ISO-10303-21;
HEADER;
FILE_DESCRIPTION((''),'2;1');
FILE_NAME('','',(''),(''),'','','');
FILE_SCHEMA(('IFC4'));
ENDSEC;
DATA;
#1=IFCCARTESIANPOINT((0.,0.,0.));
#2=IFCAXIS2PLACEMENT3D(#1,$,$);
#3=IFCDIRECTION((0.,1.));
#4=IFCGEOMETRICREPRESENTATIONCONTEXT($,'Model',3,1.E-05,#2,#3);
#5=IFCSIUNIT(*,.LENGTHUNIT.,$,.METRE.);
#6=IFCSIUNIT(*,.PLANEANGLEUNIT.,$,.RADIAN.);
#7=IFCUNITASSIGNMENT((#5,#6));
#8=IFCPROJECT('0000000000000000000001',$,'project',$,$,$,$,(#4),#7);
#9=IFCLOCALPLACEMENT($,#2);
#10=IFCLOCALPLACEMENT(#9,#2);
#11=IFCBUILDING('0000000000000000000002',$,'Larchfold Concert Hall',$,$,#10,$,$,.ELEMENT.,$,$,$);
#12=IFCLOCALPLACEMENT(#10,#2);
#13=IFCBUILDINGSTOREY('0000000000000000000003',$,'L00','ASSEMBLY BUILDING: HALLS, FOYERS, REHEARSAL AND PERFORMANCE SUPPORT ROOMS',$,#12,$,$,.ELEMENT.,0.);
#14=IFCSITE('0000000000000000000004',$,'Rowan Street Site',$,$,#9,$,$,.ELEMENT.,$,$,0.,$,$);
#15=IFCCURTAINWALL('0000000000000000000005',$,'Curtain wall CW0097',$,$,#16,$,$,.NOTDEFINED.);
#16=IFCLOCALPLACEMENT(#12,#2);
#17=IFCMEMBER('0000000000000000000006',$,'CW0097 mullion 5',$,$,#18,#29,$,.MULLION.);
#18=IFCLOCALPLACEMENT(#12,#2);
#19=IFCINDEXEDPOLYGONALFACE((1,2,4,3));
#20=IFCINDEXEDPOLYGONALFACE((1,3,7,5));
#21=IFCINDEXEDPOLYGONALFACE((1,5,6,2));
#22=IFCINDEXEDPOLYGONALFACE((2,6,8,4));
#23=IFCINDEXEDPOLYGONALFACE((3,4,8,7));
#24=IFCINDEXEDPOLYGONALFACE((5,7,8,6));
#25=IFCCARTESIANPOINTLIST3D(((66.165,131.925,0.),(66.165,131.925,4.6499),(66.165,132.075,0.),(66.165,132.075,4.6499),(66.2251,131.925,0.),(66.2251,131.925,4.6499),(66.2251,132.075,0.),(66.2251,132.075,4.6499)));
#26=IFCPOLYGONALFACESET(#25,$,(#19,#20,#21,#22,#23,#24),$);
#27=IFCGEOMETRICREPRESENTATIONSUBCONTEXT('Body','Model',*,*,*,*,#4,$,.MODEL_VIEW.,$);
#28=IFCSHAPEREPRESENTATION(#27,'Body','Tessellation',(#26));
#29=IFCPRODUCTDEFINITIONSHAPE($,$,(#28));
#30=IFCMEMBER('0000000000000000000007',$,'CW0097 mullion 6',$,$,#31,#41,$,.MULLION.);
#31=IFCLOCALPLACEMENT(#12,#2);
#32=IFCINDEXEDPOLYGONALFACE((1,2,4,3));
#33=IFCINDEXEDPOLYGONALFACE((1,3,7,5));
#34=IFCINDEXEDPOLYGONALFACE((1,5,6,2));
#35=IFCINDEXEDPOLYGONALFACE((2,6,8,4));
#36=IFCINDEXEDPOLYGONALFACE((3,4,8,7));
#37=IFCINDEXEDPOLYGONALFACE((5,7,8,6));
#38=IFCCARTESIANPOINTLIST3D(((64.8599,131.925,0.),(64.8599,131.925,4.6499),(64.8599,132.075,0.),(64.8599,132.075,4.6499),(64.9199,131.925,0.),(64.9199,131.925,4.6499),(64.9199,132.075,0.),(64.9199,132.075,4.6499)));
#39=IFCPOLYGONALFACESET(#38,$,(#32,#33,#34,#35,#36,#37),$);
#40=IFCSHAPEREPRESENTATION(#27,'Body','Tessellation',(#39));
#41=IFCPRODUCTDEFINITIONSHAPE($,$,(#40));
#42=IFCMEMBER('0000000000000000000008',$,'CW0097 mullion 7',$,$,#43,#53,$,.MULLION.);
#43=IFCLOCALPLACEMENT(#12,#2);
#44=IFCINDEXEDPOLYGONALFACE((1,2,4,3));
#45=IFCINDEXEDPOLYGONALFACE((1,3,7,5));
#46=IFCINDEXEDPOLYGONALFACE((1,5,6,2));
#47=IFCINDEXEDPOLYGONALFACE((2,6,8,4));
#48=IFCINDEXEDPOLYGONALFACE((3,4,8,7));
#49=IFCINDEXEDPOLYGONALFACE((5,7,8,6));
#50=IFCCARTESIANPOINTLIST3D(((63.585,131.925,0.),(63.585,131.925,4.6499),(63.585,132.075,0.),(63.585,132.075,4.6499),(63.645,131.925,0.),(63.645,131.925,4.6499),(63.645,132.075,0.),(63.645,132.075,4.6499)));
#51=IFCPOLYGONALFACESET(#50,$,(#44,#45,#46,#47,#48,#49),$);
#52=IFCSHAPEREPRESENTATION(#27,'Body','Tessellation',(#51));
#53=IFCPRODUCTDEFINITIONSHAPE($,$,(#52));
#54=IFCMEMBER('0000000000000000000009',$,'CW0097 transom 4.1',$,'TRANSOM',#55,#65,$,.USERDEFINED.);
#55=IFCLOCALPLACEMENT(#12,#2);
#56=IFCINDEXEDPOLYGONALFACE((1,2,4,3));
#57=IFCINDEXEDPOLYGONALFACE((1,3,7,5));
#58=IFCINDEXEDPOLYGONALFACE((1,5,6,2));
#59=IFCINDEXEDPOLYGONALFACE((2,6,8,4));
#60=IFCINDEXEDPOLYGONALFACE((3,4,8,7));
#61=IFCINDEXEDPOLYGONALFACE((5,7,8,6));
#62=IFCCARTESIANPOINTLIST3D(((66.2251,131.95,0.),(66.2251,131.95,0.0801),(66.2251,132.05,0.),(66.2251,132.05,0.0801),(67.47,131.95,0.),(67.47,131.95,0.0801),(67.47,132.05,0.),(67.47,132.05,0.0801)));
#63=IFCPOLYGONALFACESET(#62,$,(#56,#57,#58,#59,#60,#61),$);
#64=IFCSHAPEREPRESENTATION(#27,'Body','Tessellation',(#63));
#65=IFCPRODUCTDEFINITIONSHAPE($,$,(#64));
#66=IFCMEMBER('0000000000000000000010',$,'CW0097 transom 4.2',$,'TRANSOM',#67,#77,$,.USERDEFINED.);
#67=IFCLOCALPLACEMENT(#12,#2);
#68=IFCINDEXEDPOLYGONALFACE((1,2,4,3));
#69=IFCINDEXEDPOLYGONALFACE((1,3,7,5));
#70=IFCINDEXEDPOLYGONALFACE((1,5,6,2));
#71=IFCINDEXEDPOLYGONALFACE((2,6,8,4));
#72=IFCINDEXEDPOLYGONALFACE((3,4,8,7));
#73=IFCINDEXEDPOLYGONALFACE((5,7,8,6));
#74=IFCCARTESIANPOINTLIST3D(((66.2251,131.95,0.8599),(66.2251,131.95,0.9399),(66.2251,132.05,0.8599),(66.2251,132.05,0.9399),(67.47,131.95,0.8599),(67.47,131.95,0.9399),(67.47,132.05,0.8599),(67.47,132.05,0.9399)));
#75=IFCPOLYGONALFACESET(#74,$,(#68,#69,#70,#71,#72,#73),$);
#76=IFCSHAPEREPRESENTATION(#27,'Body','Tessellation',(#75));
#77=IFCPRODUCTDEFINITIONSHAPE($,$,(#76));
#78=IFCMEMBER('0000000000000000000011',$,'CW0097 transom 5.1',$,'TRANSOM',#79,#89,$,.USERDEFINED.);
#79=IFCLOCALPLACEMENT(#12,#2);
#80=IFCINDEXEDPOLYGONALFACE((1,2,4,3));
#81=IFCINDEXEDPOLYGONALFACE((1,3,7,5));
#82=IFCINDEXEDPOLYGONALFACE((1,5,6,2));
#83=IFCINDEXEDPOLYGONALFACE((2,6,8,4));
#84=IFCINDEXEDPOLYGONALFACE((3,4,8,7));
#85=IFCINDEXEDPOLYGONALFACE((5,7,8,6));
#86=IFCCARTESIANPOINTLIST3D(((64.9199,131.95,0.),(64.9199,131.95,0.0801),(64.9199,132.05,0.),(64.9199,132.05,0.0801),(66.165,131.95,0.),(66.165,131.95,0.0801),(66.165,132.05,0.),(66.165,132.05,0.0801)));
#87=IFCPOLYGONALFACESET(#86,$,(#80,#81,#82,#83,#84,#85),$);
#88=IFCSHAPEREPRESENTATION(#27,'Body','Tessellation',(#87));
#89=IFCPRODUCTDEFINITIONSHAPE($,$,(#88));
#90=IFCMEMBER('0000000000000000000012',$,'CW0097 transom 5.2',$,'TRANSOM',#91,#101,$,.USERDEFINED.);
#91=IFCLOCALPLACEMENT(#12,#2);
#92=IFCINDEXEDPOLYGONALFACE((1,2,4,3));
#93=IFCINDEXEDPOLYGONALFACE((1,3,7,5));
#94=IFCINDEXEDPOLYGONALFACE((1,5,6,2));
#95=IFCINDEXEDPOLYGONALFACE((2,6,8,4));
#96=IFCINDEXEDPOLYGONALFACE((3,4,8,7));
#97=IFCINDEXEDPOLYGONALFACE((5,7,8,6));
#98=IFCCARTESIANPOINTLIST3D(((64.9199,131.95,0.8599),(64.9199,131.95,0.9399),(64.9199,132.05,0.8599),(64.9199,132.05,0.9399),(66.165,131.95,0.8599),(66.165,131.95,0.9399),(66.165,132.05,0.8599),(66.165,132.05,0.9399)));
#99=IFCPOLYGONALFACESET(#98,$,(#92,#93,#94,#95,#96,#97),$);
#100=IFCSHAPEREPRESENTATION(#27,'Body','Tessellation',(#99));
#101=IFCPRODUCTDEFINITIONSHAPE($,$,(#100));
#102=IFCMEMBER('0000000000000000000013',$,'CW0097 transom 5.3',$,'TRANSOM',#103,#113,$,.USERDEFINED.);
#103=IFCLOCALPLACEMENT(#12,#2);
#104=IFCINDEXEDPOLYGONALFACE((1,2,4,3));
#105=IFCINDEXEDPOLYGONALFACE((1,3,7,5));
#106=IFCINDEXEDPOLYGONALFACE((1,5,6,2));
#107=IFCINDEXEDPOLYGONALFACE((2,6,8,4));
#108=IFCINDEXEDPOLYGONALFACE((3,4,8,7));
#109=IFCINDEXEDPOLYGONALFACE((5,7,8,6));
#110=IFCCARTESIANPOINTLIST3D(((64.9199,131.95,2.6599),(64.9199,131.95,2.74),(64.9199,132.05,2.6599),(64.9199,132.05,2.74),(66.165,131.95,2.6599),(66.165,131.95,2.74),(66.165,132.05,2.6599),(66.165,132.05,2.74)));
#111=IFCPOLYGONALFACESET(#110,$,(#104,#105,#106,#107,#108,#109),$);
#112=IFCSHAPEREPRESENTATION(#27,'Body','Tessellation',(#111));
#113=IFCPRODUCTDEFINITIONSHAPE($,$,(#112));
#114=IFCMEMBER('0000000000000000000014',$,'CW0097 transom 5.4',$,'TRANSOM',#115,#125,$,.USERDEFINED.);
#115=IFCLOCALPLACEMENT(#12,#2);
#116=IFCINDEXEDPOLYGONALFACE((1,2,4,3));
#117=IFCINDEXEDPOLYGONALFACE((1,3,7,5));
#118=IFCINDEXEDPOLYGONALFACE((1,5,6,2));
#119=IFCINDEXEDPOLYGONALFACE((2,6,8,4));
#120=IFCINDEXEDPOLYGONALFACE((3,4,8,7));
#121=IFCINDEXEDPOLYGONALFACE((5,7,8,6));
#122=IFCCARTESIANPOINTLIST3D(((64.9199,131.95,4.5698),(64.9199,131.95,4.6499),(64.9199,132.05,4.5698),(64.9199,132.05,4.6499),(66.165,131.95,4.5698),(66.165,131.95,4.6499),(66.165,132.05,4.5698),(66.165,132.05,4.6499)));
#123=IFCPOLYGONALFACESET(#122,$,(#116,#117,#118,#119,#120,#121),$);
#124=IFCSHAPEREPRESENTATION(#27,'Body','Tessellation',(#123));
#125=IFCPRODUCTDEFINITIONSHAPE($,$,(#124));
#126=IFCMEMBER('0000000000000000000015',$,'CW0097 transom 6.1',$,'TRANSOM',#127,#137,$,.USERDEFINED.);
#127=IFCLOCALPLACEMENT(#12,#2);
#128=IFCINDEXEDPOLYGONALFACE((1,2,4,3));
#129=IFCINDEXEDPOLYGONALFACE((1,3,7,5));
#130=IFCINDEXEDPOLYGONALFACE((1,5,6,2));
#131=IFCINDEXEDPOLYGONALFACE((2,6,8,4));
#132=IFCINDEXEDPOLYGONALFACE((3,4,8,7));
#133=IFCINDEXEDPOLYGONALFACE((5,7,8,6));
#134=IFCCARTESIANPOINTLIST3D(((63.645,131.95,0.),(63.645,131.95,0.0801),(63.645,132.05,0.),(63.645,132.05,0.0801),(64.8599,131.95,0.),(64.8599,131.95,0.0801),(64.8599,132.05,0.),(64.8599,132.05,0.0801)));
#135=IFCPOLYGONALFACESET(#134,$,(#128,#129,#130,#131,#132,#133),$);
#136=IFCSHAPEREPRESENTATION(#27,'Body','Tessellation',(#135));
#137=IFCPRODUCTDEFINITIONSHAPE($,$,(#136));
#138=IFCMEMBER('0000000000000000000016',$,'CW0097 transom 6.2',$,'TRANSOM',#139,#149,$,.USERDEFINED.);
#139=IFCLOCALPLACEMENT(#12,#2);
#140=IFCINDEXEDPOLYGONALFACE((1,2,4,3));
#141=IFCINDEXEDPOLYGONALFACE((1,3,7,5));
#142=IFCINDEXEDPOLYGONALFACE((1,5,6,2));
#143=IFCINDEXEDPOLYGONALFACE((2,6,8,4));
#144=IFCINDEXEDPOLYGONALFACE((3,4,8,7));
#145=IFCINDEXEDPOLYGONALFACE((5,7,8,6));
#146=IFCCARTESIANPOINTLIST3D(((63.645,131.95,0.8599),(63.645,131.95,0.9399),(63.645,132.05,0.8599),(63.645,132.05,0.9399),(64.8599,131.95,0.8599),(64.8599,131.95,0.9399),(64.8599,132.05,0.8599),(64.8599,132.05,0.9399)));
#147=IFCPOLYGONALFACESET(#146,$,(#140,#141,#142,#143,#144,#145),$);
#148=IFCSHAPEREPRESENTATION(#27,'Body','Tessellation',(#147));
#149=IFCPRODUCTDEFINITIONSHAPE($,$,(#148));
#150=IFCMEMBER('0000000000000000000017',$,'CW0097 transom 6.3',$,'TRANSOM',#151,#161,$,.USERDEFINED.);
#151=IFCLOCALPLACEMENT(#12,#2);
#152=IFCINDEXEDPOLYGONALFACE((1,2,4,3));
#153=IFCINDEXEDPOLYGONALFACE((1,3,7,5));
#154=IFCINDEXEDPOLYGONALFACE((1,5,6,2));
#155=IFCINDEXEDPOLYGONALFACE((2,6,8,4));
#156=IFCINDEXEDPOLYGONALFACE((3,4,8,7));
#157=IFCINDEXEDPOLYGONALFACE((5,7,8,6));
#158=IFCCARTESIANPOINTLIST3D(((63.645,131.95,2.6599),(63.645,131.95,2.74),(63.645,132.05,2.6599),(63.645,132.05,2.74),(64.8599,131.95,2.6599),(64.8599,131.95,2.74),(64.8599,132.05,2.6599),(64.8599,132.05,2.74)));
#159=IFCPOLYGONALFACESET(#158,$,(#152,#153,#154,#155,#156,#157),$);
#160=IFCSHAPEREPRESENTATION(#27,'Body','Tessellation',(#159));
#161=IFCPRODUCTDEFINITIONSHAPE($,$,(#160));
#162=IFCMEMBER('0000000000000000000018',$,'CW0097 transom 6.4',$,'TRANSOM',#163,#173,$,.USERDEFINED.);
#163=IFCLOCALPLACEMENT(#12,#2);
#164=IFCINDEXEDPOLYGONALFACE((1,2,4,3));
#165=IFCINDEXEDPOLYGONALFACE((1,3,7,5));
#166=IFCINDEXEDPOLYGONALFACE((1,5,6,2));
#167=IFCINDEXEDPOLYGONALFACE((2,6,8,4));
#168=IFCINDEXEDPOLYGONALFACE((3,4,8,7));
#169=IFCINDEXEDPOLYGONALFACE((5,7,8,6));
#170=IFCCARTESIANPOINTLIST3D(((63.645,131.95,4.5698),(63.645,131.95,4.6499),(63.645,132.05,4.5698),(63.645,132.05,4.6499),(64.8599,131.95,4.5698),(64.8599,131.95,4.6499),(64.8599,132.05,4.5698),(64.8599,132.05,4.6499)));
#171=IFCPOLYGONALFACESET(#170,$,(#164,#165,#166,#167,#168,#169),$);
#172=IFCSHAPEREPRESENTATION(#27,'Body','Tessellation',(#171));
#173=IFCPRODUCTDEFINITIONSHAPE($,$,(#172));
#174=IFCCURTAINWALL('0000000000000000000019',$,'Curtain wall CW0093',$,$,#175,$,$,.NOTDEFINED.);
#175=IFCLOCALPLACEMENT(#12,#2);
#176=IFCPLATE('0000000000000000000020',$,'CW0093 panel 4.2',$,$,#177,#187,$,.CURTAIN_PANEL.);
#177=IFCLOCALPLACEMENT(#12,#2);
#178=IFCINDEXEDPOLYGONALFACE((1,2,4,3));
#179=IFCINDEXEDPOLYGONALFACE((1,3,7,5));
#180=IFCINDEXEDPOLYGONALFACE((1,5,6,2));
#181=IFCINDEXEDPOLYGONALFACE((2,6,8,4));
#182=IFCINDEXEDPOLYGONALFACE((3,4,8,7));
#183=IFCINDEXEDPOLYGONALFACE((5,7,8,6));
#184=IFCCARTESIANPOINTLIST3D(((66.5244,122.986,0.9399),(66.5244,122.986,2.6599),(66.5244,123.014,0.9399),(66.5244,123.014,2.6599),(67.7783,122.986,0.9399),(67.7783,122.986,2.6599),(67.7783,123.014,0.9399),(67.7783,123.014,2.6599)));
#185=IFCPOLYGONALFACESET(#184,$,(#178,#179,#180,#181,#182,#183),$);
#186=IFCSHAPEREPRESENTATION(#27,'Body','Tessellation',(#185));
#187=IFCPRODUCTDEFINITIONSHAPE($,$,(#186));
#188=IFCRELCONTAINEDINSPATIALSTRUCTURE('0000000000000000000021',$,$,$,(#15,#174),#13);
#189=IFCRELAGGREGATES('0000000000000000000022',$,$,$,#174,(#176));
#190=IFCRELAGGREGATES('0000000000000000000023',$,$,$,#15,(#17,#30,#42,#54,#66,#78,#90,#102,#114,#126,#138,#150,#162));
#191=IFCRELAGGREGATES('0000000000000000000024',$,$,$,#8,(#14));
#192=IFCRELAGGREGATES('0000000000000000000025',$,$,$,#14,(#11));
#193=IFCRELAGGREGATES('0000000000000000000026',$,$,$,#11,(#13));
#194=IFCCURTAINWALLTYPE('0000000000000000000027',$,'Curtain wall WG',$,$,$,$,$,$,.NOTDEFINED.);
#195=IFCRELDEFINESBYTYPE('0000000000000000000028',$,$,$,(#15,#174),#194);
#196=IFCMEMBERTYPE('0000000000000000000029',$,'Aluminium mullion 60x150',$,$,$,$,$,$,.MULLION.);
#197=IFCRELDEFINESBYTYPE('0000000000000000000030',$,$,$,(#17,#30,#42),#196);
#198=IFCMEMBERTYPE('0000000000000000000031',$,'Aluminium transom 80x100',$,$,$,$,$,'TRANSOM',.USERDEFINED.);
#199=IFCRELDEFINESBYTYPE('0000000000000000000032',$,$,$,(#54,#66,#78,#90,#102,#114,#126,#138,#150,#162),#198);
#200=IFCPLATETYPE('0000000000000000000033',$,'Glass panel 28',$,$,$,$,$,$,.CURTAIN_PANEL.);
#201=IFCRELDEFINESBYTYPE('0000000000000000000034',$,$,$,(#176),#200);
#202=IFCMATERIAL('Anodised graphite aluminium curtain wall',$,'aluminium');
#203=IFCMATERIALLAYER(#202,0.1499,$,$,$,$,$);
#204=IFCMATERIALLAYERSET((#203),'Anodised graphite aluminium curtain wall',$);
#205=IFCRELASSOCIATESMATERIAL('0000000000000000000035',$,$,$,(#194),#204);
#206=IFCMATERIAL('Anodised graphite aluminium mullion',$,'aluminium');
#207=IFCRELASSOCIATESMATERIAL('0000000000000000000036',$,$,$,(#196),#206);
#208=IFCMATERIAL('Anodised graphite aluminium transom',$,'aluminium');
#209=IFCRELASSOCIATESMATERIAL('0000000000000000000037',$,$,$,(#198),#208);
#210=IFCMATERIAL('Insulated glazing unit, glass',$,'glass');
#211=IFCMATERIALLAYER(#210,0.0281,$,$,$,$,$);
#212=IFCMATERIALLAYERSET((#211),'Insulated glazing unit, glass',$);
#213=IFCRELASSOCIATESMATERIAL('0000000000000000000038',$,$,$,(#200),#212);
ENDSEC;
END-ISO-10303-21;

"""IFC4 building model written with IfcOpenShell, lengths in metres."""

from ifc_helpers import new_model, si_unit, direction, frame, origin, origin_2d, place, context, subcontext, project, spatial, rectangle, extrude, material, layer, layer_set, material_profile, profile_set, type_object, element, aggregate, save


model = new_model("IFC4")

# Units and contexts
model_context = context("Model", 3, precision=1e-05, world=origin(), true_north=direction((0.0, 1.0)))
body_context = subcontext(model_context, "Body", "Model", "MODEL_VIEW")
ifc_project = project(units=[si_unit("LENGTHUNIT", "METRE"), si_unit("PLANEANGLEUNIT", "RADIAN")], contexts=[model_context])

# Site, building, storey
site_placement = place(None, origin())
site = spatial("IfcSite", under=ifc_project, at=site_placement, Name="Rowan Street Site", CompositionType="ELEMENT", RefElevation=0.0)
building_placement = place(site_placement, origin())
building = spatial("IfcBuilding", under=site, at=building_placement, Name="Larchfold Concert Hall", CompositionType="ELEMENT")
storey_placement = place(building_placement, origin())
storey = spatial("IfcBuildingStorey", under=building, at=storey_placement, Name="L00", Description="ASSEMBLY BUILDING: HALLS, FOYERS, REHEARSAL AND PERFORMANCE SUPPORT ROOMS", CompositionType="ELEMENT", Elevation=0.0)

# Curtain wall, members
ifc_material_1 = material(Name="Anodised graphite aluminium curtain wall", Category="aluminium")
ifc_layer_1 = layer(ifc_material_1, 0.1499)
ifc_layer_set_1 = layer_set([ifc_layer_1], Name="Anodised graphite aluminium curtain wall")
curtain_wall_type = type_object("IfcCurtainWallType", Name="Curtain wall WG", PredefinedType="NOTDEFINED", material=ifc_layer_set_1)
curtain_wall_1_placement = place(storey_placement, origin())
curtain_wall_1 = element("IfcCurtainWall", 1, at=curtain_wall_1_placement, inside=storey, type_object=curtain_wall_type, Name="Curtain wall CW0097", PredefinedType="NOTDEFINED")
ifc_material_2 = material(Name="Anodised graphite aluminium mullion", Category="aluminium")
ifc_material_profile_1 = material_profile(ifc_material_2, rectangle(XDim=0.1499, YDim=0.0601, at=origin_2d()))
ifc_profile_set_1 = profile_set([ifc_material_profile_1], Name="Anodised graphite aluminium mullion")
member_type_1 = type_object("IfcMemberType", Name="Aluminium mullion 60x150", PredefinedType="MULLION", material=ifc_profile_set_1)
member_1_placement = place(storey_placement, frame((66.1951, 132.0, 0.0), z_axis=(0.0, 0.0, 1.0), x_axis=(0.0, -1.0, 0.0)))
member_1 = element("IfcMember", 2, at=member_1_placement, type_object=member_type_1, Name="CW0097 mullion 5", PredefinedType="MULLION", context=body_context, shape_type="SweptSolid", body=[
    extrude(rectangle(XDim=0.1499, YDim=0.0601, at=origin_2d()), origin(), (0.0, 0.0, 1.0), 4.6499),
])
member_2_placement = place(storey_placement, frame((64.8899, 132.0, 0.0), z_axis=(0.0, 0.0, 1.0), x_axis=(0.0, -1.0, 0.0)))
member_2 = element("IfcMember", 3, at=member_2_placement, type_object=member_type_1, Name="CW0097 mullion 6", PredefinedType="MULLION", context=body_context, shape_type="SweptSolid", body=[
    extrude(rectangle(XDim=0.1499, YDim=0.0601, at=origin_2d()), origin(), (0.0, 0.0, 1.0), 4.6499),
])
member_3_placement = place(storey_placement, frame((63.615, 132.0, 0.0), z_axis=(0.0, 0.0, 1.0), x_axis=(0.0, -1.0, 0.0)))
member_3 = element("IfcMember", 4, at=member_3_placement, type_object=member_type_1, Name="CW0097 mullion 7", PredefinedType="MULLION", context=body_context, shape_type="SweptSolid", body=[
    extrude(rectangle(XDim=0.1499, YDim=0.0601, at=origin_2d()), origin(), (0.0, 0.0, 1.0), 4.6499),
])
ifc_material_3 = material(Name="Anodised graphite aluminium transom", Category="aluminium")
ifc_material_profile_2 = material_profile(ifc_material_3, rectangle(XDim=0.1001, YDim=0.0801, at=origin_2d()))
ifc_profile_set_2 = profile_set([ifc_material_profile_2], Name="Anodised graphite aluminium transom")
member_type_2 = type_object("IfcMemberType", Name="Aluminium transom 80x100", ElementType="TRANSOM", PredefinedType="USERDEFINED", material=ifc_profile_set_2)
member_4_placement = place(storey_placement, frame((67.47, 132.0, 0.04), z_axis=(-1.0, 0.0, 0.0), x_axis=(0.0, -1.0, 0.0)))
member_4 = element("IfcMember", 5, at=member_4_placement, type_object=member_type_2, Name="CW0097 transom 4.1", ObjectType="TRANSOM", PredefinedType="USERDEFINED", context=body_context, shape_type="SweptSolid", body=[
    extrude(rectangle(XDim=0.1001, YDim=0.0801, at=origin_2d()), origin(), (0.0, 0.0, 1.0), 1.2449),
])
member_5_placement = place(storey_placement, frame((67.47, 132.0, 0.8999), z_axis=(-1.0, 0.0, 0.0), x_axis=(0.0, -1.0, 0.0)))
member_5 = element("IfcMember", 6, at=member_5_placement, type_object=member_type_2, Name="CW0097 transom 4.2", ObjectType="TRANSOM", PredefinedType="USERDEFINED", context=body_context, shape_type="SweptSolid", body=[
    extrude(rectangle(XDim=0.1001, YDim=0.0801, at=origin_2d()), origin(), (0.0, 0.0, 1.0), 1.2449),
])
member_6_placement = place(storey_placement, frame((66.165, 132.0, 0.04), z_axis=(-1.0, 0.0, 0.0), x_axis=(0.0, -1.0, 0.0)))
member_6 = element("IfcMember", 7, at=member_6_placement, type_object=member_type_2, Name="CW0097 transom 5.1", ObjectType="TRANSOM", PredefinedType="USERDEFINED", context=body_context, shape_type="SweptSolid", body=[
    extrude(rectangle(XDim=0.1001, YDim=0.0801, at=origin_2d()), origin(), (0.0, 0.0, 1.0), 1.2451),
])
member_7_placement = place(storey_placement, frame((66.165, 132.0, 0.8999), z_axis=(-1.0, 0.0, 0.0), x_axis=(0.0, -1.0, 0.0)))
member_7 = element("IfcMember", 8, at=member_7_placement, type_object=member_type_2, Name="CW0097 transom 5.2", ObjectType="TRANSOM", PredefinedType="USERDEFINED", context=body_context, shape_type="SweptSolid", body=[
    extrude(rectangle(XDim=0.1001, YDim=0.0801, at=origin_2d()), origin(), (0.0, 0.0, 1.0), 1.2451),
])
member_8_placement = place(storey_placement, frame((66.165, 132.0, 2.7), z_axis=(-1.0, 0.0, 0.0), x_axis=(0.0, -1.0, 0.0)))
member_8 = element("IfcMember", 9, at=member_8_placement, type_object=member_type_2, Name="CW0097 transom 5.3", ObjectType="TRANSOM", PredefinedType="USERDEFINED", context=body_context, shape_type="SweptSolid", body=[
    extrude(rectangle(XDim=0.1001, YDim=0.0801, at=origin_2d()), origin(), (0.0, 0.0, 1.0), 1.2451),
])
member_9_placement = place(storey_placement, frame((66.165, 132.0, 4.6099), z_axis=(-1.0, 0.0, 0.0), x_axis=(0.0, -1.0, 0.0)))
member_9 = element("IfcMember", 10, at=member_9_placement, type_object=member_type_2, Name="CW0097 transom 5.4", ObjectType="TRANSOM", PredefinedType="USERDEFINED", context=body_context, shape_type="SweptSolid", body=[
    extrude(rectangle(XDim=0.1001, YDim=0.0801, at=origin_2d()), origin(), (0.0, 0.0, 1.0), 1.2451),
])
member_10_placement = place(storey_placement, frame((64.8599, 132.0, 0.04), z_axis=(-1.0, 0.0, 0.0), x_axis=(0.0, -1.0, 0.0)))
member_10 = element("IfcMember", 11, at=member_10_placement, type_object=member_type_2, Name="CW0097 transom 6.1", ObjectType="TRANSOM", PredefinedType="USERDEFINED", context=body_context, shape_type="SweptSolid", body=[
    extrude(rectangle(XDim=0.1001, YDim=0.0801, at=origin_2d()), origin(), (0.0, 0.0, 1.0), 1.2148),
])
member_11_placement = place(storey_placement, frame((64.8599, 132.0, 0.8999), z_axis=(-1.0, 0.0, 0.0), x_axis=(0.0, -1.0, 0.0)))
member_11 = element("IfcMember", 12, at=member_11_placement, type_object=member_type_2, Name="CW0097 transom 6.2", ObjectType="TRANSOM", PredefinedType="USERDEFINED", context=body_context, shape_type="SweptSolid", body=[
    extrude(rectangle(XDim=0.1001, YDim=0.0801, at=origin_2d()), origin(), (0.0, 0.0, 1.0), 1.2148),
])
member_12_placement = place(storey_placement, frame((64.8599, 132.0, 2.7), z_axis=(-1.0, 0.0, 0.0), x_axis=(0.0, -1.0, 0.0)))
member_12 = element("IfcMember", 13, at=member_12_placement, type_object=member_type_2, Name="CW0097 transom 6.3", ObjectType="TRANSOM", PredefinedType="USERDEFINED", context=body_context, shape_type="SweptSolid", body=[
    extrude(rectangle(XDim=0.1001, YDim=0.0801, at=origin_2d()), origin(), (0.0, 0.0, 1.0), 1.2148),
])
member_13_placement = place(storey_placement, frame((64.8599, 132.0, 4.6099), z_axis=(-1.0, 0.0, 0.0), x_axis=(0.0, -1.0, 0.0)))
member_13 = element("IfcMember", 14, at=member_13_placement, type_object=member_type_2, Name="CW0097 transom 6.4", ObjectType="TRANSOM", PredefinedType="USERDEFINED", context=body_context, shape_type="SweptSolid", body=[
    extrude(rectangle(XDim=0.1001, YDim=0.0801, at=origin_2d()), origin(), (0.0, 0.0, 1.0), 1.2148),
])

# Curtain wall, plate
curtain_wall_2_placement = place(storey_placement, origin())
curtain_wall_2 = element("IfcCurtainWall", 15, at=curtain_wall_2_placement, inside=storey, type_object=curtain_wall_type, Name="Curtain wall CW0093", PredefinedType="NOTDEFINED")
ifc_material_4 = material(Name="Insulated glazing unit, glass", Category="glass")
ifc_layer_2 = layer(ifc_material_4, 0.0281)
ifc_layer_set_2 = layer_set([ifc_layer_2], Name="Insulated glazing unit, glass")
plate_type_1 = type_object("IfcPlateType", Name="Glass panel 28", PredefinedType="CURTAIN_PANEL", material=ifc_layer_set_2)
plate_1_placement = place(storey_placement, frame((67.1514, 123.0, 0.9399), z_axis=(0.0, 0.0, 1.0), x_axis=(1.0, 0.0, 0.0)))
plate_1 = element("IfcPlate", 16, at=plate_1_placement, type_object=plate_type_1, Name="CW0093 panel 4.2", PredefinedType="CURTAIN_PANEL", context=body_context, shape_type="SweptSolid", body=[
    extrude(rectangle(XDim=1.2539, YDim=0.0281, at=origin_2d()), origin(), (0.0, 0.0, 1.0), 1.72),
])
aggregate(curtain_wall_2, [plate_1])

aggregate(curtain_wall_1, [member_1, member_2, member_3, member_4, member_5, member_6, member_7, member_8, member_9, member_10, member_11, member_12, member_13])

save(model, "model.ifc")
